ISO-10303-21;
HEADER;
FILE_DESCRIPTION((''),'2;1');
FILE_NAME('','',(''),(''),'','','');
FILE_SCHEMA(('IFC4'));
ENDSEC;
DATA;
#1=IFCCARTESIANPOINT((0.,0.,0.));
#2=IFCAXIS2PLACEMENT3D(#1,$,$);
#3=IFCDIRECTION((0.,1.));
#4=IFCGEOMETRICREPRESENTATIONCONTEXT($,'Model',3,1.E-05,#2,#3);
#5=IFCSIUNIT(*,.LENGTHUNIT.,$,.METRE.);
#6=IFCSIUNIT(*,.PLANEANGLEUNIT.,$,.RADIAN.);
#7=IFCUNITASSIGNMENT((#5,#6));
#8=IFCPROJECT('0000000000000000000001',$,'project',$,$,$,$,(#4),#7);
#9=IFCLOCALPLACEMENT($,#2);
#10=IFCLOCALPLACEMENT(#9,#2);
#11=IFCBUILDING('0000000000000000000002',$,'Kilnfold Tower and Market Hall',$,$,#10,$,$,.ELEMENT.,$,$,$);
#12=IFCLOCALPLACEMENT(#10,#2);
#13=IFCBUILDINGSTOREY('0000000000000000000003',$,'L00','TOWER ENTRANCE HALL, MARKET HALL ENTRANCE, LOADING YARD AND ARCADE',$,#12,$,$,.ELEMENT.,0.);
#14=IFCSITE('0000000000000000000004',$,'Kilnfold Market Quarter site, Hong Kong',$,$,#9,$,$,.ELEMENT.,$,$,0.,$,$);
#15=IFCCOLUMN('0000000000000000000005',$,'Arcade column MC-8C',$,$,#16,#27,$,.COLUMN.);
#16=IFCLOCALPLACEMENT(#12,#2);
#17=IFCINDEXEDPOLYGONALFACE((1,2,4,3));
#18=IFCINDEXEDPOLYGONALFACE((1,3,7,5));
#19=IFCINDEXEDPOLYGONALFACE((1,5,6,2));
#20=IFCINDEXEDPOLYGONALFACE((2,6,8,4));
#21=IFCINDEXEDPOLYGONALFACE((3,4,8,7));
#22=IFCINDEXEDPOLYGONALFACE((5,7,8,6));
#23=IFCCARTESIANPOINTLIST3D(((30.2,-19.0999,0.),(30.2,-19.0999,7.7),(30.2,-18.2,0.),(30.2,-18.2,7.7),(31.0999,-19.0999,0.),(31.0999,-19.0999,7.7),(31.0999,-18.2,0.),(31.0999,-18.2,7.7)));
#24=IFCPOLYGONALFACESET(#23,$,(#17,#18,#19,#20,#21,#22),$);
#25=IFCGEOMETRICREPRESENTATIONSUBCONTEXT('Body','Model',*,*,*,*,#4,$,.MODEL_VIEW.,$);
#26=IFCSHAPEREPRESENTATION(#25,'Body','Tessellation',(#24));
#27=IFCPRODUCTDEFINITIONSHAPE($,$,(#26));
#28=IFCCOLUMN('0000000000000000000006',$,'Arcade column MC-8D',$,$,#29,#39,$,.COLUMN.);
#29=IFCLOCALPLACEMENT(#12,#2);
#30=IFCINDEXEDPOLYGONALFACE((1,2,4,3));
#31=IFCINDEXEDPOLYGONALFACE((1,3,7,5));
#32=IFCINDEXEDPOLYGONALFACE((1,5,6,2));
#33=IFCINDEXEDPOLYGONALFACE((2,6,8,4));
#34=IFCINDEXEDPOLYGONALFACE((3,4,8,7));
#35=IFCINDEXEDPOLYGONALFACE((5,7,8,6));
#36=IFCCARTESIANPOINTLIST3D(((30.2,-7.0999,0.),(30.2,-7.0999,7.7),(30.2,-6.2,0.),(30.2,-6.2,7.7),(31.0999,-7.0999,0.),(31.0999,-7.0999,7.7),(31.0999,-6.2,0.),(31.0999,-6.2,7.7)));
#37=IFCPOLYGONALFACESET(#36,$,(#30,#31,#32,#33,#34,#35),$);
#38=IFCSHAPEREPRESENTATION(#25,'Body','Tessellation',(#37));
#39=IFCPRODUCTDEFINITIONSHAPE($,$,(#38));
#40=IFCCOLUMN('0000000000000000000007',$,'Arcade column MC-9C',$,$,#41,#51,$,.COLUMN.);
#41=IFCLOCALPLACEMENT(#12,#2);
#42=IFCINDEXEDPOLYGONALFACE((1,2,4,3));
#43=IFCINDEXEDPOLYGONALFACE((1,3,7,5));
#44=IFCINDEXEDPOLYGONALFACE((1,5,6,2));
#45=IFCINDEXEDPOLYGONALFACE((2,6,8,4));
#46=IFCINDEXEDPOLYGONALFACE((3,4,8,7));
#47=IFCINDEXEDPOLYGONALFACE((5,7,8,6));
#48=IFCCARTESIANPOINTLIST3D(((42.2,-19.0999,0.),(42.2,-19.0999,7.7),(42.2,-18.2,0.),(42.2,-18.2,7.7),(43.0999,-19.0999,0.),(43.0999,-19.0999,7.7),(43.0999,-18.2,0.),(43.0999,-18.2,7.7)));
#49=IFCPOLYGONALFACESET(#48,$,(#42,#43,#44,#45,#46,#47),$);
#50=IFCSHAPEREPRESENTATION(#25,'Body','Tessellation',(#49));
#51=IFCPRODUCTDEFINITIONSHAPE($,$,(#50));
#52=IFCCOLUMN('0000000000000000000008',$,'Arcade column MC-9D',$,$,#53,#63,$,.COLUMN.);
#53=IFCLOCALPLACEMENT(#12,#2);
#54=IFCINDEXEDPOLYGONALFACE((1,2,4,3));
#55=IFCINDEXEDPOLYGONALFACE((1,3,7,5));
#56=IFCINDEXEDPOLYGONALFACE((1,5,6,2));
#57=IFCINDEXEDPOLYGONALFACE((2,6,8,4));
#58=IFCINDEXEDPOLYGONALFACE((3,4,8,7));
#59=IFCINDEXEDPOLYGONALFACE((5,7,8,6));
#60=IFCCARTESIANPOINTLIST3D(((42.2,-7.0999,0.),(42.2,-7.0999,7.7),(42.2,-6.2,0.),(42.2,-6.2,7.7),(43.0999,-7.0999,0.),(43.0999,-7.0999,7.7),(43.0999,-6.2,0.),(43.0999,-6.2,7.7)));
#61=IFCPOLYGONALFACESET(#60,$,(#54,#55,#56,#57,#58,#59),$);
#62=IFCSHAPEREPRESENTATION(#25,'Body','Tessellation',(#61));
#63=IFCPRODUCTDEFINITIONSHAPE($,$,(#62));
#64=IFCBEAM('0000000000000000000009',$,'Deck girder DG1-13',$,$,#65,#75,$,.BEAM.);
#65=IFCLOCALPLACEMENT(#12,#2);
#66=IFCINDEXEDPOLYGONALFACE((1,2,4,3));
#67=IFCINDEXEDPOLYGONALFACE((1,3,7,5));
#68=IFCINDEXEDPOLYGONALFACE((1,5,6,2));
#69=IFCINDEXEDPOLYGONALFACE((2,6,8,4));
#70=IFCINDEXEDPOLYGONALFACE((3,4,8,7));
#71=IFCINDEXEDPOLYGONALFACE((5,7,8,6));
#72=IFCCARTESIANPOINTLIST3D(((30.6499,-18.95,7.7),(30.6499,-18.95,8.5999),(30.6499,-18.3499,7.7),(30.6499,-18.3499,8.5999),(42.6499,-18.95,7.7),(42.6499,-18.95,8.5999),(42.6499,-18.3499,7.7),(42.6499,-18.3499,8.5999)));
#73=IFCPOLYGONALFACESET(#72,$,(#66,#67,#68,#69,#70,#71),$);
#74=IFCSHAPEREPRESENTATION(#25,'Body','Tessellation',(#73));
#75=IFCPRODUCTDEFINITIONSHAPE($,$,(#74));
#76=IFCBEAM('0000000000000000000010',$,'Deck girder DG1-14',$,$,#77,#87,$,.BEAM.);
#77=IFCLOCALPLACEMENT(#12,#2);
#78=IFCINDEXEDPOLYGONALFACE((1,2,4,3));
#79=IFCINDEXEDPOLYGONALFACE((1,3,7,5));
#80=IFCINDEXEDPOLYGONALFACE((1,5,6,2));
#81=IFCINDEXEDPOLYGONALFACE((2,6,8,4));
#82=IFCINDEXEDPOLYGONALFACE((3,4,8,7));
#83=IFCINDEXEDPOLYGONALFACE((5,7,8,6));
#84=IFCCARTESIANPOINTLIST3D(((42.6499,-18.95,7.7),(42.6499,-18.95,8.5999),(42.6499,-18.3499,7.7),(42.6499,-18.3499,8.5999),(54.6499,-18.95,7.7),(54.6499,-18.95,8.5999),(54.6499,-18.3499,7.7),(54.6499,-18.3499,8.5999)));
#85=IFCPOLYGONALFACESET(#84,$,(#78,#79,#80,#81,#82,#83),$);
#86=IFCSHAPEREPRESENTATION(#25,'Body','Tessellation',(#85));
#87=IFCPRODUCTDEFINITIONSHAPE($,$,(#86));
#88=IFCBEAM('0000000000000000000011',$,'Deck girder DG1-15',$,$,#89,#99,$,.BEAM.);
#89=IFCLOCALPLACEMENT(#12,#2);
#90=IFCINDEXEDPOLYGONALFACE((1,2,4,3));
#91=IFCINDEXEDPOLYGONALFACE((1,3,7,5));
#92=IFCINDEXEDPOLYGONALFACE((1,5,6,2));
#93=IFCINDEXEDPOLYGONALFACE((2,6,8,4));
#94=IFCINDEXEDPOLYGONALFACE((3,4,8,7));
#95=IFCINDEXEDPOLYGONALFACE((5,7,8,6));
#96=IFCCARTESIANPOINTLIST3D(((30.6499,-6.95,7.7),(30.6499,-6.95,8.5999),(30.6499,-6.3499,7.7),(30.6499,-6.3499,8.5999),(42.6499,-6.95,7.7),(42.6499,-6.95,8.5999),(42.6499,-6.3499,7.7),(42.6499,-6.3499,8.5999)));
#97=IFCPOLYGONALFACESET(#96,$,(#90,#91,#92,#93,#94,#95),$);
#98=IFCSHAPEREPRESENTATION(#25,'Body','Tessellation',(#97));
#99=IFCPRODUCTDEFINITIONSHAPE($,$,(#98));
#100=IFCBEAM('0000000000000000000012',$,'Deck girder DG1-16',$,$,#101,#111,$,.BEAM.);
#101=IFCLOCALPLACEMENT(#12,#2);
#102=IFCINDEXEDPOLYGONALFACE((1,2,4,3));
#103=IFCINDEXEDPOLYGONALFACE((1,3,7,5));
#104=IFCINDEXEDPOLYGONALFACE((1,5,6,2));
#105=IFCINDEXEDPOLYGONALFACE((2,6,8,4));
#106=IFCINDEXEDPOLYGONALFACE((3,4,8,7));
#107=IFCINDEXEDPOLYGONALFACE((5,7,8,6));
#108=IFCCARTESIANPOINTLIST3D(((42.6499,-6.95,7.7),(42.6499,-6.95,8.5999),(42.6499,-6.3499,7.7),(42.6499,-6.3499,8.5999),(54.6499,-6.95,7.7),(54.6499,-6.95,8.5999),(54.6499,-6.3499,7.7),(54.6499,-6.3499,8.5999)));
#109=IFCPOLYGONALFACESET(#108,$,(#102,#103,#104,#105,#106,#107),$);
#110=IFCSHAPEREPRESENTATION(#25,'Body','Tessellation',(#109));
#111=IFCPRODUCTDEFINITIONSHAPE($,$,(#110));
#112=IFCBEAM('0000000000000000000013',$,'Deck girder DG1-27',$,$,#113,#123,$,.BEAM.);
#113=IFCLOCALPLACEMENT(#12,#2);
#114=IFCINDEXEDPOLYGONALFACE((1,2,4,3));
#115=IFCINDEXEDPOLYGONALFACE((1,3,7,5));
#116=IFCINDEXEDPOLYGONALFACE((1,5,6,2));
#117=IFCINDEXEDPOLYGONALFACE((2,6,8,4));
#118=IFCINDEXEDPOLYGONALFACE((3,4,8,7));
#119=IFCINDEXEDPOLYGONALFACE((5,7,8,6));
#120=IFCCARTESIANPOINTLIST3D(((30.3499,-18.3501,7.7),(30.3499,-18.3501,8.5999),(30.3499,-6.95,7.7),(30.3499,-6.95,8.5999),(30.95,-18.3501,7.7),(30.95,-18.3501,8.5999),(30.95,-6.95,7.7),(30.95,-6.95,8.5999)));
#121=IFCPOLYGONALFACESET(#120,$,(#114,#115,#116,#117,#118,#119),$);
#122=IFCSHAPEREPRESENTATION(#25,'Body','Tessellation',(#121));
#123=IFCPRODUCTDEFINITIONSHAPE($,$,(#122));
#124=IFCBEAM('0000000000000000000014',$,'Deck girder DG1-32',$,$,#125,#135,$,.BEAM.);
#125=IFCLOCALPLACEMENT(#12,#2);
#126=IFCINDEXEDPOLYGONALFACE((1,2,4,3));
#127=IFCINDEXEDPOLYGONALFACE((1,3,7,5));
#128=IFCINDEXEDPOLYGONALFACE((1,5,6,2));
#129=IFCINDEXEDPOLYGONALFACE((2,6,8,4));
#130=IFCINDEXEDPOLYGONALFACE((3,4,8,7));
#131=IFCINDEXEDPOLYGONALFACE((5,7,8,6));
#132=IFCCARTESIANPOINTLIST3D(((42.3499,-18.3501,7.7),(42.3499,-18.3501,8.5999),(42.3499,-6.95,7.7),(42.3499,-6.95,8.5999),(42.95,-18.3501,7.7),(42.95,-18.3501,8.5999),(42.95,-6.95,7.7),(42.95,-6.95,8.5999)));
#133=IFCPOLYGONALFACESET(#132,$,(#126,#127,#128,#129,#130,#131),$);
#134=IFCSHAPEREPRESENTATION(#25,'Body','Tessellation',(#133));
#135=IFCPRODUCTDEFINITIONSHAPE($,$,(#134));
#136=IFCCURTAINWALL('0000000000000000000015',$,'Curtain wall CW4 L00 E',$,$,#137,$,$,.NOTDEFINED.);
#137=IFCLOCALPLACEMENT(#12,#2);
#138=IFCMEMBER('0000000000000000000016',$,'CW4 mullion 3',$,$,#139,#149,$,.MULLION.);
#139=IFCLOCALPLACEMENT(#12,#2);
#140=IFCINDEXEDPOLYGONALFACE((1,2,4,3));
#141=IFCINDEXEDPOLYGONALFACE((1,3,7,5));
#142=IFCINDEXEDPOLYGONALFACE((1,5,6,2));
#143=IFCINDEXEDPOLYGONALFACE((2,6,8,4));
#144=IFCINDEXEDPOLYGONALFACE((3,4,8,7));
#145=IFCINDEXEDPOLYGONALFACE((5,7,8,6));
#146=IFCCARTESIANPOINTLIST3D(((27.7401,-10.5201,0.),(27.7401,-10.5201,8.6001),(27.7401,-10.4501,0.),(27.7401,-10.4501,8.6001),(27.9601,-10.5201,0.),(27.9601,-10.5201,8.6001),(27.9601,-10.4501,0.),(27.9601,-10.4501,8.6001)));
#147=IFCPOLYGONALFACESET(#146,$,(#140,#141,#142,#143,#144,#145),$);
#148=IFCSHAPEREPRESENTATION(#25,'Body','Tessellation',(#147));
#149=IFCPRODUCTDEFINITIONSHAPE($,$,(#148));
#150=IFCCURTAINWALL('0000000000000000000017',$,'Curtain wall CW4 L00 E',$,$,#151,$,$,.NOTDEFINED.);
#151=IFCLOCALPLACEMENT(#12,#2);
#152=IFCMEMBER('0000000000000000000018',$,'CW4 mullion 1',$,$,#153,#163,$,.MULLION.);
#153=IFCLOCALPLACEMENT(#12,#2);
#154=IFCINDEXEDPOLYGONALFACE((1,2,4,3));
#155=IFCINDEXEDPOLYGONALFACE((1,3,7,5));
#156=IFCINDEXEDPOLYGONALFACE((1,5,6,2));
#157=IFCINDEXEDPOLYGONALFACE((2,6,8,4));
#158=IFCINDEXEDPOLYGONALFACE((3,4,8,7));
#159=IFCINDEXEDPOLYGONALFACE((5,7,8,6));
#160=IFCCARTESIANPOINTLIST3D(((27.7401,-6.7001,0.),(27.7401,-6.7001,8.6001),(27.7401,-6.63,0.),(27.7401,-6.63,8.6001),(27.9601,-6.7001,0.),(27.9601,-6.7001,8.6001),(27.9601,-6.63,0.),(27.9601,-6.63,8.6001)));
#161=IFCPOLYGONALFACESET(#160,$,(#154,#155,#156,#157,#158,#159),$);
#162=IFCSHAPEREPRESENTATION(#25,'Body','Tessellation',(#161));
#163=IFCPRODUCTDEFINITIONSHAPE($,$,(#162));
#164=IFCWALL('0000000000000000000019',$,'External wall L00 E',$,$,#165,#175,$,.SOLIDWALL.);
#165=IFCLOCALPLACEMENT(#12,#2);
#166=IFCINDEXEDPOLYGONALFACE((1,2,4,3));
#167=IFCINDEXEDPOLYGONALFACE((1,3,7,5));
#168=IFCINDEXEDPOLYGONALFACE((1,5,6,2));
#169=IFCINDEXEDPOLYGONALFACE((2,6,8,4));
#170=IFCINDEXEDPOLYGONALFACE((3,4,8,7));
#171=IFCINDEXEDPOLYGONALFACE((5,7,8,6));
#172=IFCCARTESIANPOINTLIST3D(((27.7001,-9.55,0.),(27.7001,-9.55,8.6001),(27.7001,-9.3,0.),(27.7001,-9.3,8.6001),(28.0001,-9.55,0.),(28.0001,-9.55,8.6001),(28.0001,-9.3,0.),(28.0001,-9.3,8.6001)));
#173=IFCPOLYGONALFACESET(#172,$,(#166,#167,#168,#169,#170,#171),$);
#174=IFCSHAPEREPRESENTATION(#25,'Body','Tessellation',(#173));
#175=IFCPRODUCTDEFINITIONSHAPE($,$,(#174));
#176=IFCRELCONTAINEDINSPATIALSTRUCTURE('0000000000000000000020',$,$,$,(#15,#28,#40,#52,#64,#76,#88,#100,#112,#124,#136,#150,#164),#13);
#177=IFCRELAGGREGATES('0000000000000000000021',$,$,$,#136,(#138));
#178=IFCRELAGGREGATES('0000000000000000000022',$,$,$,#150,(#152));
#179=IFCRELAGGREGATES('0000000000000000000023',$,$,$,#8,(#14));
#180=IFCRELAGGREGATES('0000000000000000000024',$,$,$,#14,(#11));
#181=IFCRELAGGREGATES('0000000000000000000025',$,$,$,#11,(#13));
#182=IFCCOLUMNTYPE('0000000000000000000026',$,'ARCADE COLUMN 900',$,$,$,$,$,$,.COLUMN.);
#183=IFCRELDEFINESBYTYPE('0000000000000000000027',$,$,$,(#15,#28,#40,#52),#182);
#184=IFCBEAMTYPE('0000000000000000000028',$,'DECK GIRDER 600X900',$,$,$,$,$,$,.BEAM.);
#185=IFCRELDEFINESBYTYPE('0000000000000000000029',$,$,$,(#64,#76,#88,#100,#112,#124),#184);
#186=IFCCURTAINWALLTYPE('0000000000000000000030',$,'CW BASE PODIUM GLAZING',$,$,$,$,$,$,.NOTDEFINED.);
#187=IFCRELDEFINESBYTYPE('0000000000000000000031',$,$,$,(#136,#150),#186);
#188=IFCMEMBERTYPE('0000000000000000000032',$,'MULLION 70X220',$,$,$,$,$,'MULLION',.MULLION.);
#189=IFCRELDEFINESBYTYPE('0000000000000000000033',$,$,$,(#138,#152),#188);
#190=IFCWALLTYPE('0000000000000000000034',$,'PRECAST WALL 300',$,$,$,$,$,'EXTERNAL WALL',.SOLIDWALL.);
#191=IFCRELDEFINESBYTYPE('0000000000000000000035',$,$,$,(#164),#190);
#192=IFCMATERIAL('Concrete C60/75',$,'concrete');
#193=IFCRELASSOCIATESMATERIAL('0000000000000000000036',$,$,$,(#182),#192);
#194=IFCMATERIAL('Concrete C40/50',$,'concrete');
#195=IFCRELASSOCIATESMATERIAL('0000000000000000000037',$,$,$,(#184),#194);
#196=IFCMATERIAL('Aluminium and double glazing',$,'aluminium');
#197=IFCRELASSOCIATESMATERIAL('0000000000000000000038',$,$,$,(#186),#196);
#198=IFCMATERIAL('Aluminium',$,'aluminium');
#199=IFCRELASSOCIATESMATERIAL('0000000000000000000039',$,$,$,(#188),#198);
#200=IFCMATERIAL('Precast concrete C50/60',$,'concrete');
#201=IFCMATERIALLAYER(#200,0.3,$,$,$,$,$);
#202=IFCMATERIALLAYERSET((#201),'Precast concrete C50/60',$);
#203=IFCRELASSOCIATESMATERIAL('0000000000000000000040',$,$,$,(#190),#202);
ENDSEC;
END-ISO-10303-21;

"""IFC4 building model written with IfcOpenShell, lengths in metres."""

from ifc_helpers import new_model, si_unit, direction, frame, frame_2d, origin, origin_2d, place, context, subcontext, project, spatial, rectangle, extrude, source, transform, mapped, material, layer, layer_set, material_profile, profile_set, type_object, element, aggregate, save


model = new_model("IFC4")

# Units and contexts
model_context = context("Model", 3, precision=1e-05, world=origin(), true_north=direction((0.0, 1.0)))
body_context = subcontext(model_context, "Body", "Model", "MODEL_VIEW")
ifc_project = project(units=[si_unit("LENGTHUNIT", "METRE"), si_unit("PLANEANGLEUNIT", "RADIAN")], contexts=[model_context])

# Site, building, storey
site_placement = place(None, origin())
site = spatial("IfcSite", under=ifc_project, at=site_placement, Name="Kilnfold Market Quarter site, Hong Kong", CompositionType="ELEMENT", RefElevation=0.0)
building_placement = place(site_placement, origin())
building = spatial("IfcBuilding", under=site, at=building_placement, Name="Kilnfold Tower and Market Hall", CompositionType="ELEMENT")
storey_placement = place(building_placement, origin())
storey = spatial("IfcBuildingStorey", under=building, at=storey_placement, Name="L00", Description="TOWER ENTRANCE HALL, MARKET HALL ENTRANCE, LOADING YARD AND ARCADE", CompositionType="ELEMENT", Elevation=0.0)

# Columns
ifc_material_1 = material(Name="Concrete C60/75", Category="concrete")
ifc_material_profile_1 = material_profile(ifc_material_1, rectangle(XDim=0.8999, YDim=0.8999, at=origin_2d()), Name="RC 900x900")
ifc_profile_set_1 = profile_set([ifc_material_profile_1], Name="Concrete C60/75")
column_type = type_object("IfcColumnType", Name="ARCADE COLUMN 900", PredefinedType="COLUMN", material=ifc_profile_set_1)
shared_shape_1 = source(origin(), body_context, "Body", "SweptSolid", [
    extrude(rectangle(XDim=0.8999, YDim=0.8999, at=origin_2d()), origin(), (0.0, 0.0, 1.0), 7.7),
])
for number, where, z_axis, x_axis, name in (
    (1, (30.6499, -18.6499, 0.0), (0.0, 0.0, 1.0), (1.0, 0.0, 0.0), "Arcade column MC-8C"),
    (2, (30.6499, -6.6499, 0.0), (0.0, 0.0, 1.0), (1.0, 0.0, 0.0), "Arcade column MC-8D"),
    (3, (42.6499, -18.6499, 0.0), (0.0, 0.0, 1.0), (1.0, 0.0, 0.0), "Arcade column MC-9C"),
    (4, (42.6499, -6.6499, 0.0), (0.0, 0.0, 1.0), (1.0, 0.0, 0.0), "Arcade column MC-9D"),
):
    element("IfcColumn", number, at=place(storey_placement, frame(where, z_axis=z_axis, x_axis=x_axis)), inside=storey, type_object=column_type, Name=name, PredefinedType="COLUMN", context=body_context, shape_type="MappedRepresentation", body=[
        mapped(shared_shape_1, transform((0.0, 0.0, 0.0))),
    ])

# Beams
ifc_material_2 = material(Name="Concrete C40/50", Category="concrete")
ifc_material_profile_2 = material_profile(ifc_material_2, rectangle(XDim=0.6001, YDim=0.8999, at=origin_2d()), Name="RC 600x900")
ifc_profile_set_2 = profile_set([ifc_material_profile_2], Name="Concrete C40/50")
beam_type = type_object("IfcBeamType", Name="DECK GIRDER 600X900", PredefinedType="BEAM", material=ifc_profile_set_2)
shared_shape_2 = source(origin(), body_context, "Body", "SweptSolid", [
    extrude(rectangle(XDim=0.6001, YDim=0.8999, at=origin_2d()), origin(), (0.0, 0.0, 1.0), 12.0),
])
for number, where, z_axis, x_axis, name in (
    (5, (30.6499, -18.6499, 8.1499), (1.0, 0.0, 0.0), (0.0, 1.0, 0.0), "Deck girder DG1-13"),
    (6, (42.6499, -18.6499, 8.1499), (1.0, 0.0, 0.0), (0.0, 1.0, 0.0), "Deck girder DG1-14"),
    (7, (30.6499, -6.6499, 8.1499), (1.0, 0.0, 0.0), (0.0, 1.0, 0.0), "Deck girder DG1-15"),
    (8, (42.6499, -6.6499, 8.1499), (1.0, 0.0, 0.0), (0.0, 1.0, 0.0), "Deck girder DG1-16"),
):
    element("IfcBeam", number, at=place(storey_placement, frame(where, z_axis=z_axis, x_axis=x_axis)), inside=storey, type_object=beam_type, Name=name, PredefinedType="BEAM", context=body_context, shape_type="MappedRepresentation", body=[
        mapped(shared_shape_2, transform((0.0, 0.0, 0.0))),
    ])
shared_shape_3 = source(origin(), body_context, "Body", "SweptSolid", [
    extrude(rectangle(XDim=0.6001, YDim=0.8999, at=origin_2d()), origin(), (0.0, 0.0, 1.0), 11.4001),
])
for number, where, z_axis, x_axis, name in (
    (9, (30.6499, -18.3501, 8.1499), (0.0, 1.0, 0.0), (-1.0, 0.0, 0.0), "Deck girder DG1-27"),
    (10, (42.6499, -18.3501, 8.1499), (0.0, 1.0, 0.0), (-1.0, 0.0, 0.0), "Deck girder DG1-32"),
):
    element("IfcBeam", number, at=place(storey_placement, frame(where, z_axis=z_axis, x_axis=x_axis)), inside=storey, type_object=beam_type, Name=name, PredefinedType="BEAM", context=body_context, shape_type="MappedRepresentation", body=[
        mapped(shared_shape_3, transform((0.0, 0.0, 0.0))),
    ])

# Curtain walls, members
ifc_material_3 = material(Name="Aluminium and double glazing", Category="aluminium")
curtain_wall_type = type_object("IfcCurtainWallType", Name="CW BASE PODIUM GLAZING", PredefinedType="NOTDEFINED", material=ifc_material_3)
curtain_wall_1_placement = place(storey_placement, origin())
curtain_wall_1 = element("IfcCurtainWall", 11, at=curtain_wall_1_placement, inside=storey, type_object=curtain_wall_type, Name="Curtain wall CW4 L00 E", PredefinedType="NOTDEFINED")
ifc_material_4 = material(Name="Aluminium", Category="aluminium")
ifc_material_profile_3 = material_profile(ifc_material_4, rectangle(XDim=0.0701, YDim=0.22, at=origin_2d()), Name="MULLION 70x220")
ifc_profile_set_3 = profile_set([ifc_material_profile_3], Name="Aluminium")
member_type = type_object("IfcMemberType", Name="MULLION 70X220", ElementType="MULLION", PredefinedType="MULLION", material=ifc_profile_set_3)
shared_shape_4 = source(origin(), body_context, "Body", "SweptSolid", [
    extrude(rectangle(XDim=0.0701, YDim=0.22, at=origin_2d()), origin(), (0.0, 0.0, 1.0), 8.6001),
])
member_1_placement = place(storey_placement, frame((27.8501, -10.4851, 0.0), z_axis=(0.0, 0.0, 1.0), x_axis=(0.0, 1.0, 0.0)))
member_1 = element("IfcMember", 12, at=member_1_placement, type_object=member_type, Name="CW4 mullion 3", PredefinedType="MULLION", context=body_context, shape_type="MappedRepresentation", body=[
    mapped(shared_shape_4, transform((0.0, 0.0, 0.0))),
])
aggregate(curtain_wall_1, [member_1])
curtain_wall_2_placement = place(storey_placement, origin())
curtain_wall_2 = element("IfcCurtainWall", 13, at=curtain_wall_2_placement, inside=storey, type_object=curtain_wall_type, Name="Curtain wall CW4 L00 E", PredefinedType="NOTDEFINED")
member_2_placement = place(storey_placement, frame((27.8501, -6.665, 0.0), z_axis=(0.0, 0.0, 1.0), x_axis=(0.0, 1.0, 0.0)))
member_2 = element("IfcMember", 14, at=member_2_placement, type_object=member_type, Name="CW4 mullion 1", PredefinedType="MULLION", context=body_context, shape_type="MappedRepresentation", body=[
    mapped(shared_shape_4, transform((0.0, 0.0, 0.0))),
])
aggregate(curtain_wall_2, [member_2])

# Shared definitions
ifc_material_5 = material(Name="Precast concrete C50/60", Category="concrete")
ifc_layer_1 = layer(ifc_material_5, 0.3)
ifc_layer_set_1 = layer_set([ifc_layer_1], Name="Precast concrete C50/60")
wall_type_1 = type_object("IfcWallType", Name="PRECAST WALL 300", ElementType="EXTERNAL WALL", PredefinedType="SOLIDWALL", material=ifc_layer_set_1)

# Wall
shared_shape_5 = source(origin(), body_context, "Body", "SweptSolid", [
    extrude(rectangle(XDim=0.25, YDim=0.3, at=frame_2d((0.125, 0.0))), origin(), (0.0, 0.0, 1.0), 8.6001),
])
wall_1_placement = place(storey_placement, frame((27.8501, -9.55, 0.0), z_axis=(0.0, 0.0, 1.0), x_axis=(0.0, 1.0, 0.0)))
element("IfcWall", 15, at=wall_1_placement, inside=storey, type_object=wall_type_1, Name="External wall L00 E", PredefinedType="SOLIDWALL", context=body_context, shape_type="MappedRepresentation", body=[
    mapped(shared_shape_5, transform((0.0, 0.0, 0.0))),
])

save(model, "model.ifc")
